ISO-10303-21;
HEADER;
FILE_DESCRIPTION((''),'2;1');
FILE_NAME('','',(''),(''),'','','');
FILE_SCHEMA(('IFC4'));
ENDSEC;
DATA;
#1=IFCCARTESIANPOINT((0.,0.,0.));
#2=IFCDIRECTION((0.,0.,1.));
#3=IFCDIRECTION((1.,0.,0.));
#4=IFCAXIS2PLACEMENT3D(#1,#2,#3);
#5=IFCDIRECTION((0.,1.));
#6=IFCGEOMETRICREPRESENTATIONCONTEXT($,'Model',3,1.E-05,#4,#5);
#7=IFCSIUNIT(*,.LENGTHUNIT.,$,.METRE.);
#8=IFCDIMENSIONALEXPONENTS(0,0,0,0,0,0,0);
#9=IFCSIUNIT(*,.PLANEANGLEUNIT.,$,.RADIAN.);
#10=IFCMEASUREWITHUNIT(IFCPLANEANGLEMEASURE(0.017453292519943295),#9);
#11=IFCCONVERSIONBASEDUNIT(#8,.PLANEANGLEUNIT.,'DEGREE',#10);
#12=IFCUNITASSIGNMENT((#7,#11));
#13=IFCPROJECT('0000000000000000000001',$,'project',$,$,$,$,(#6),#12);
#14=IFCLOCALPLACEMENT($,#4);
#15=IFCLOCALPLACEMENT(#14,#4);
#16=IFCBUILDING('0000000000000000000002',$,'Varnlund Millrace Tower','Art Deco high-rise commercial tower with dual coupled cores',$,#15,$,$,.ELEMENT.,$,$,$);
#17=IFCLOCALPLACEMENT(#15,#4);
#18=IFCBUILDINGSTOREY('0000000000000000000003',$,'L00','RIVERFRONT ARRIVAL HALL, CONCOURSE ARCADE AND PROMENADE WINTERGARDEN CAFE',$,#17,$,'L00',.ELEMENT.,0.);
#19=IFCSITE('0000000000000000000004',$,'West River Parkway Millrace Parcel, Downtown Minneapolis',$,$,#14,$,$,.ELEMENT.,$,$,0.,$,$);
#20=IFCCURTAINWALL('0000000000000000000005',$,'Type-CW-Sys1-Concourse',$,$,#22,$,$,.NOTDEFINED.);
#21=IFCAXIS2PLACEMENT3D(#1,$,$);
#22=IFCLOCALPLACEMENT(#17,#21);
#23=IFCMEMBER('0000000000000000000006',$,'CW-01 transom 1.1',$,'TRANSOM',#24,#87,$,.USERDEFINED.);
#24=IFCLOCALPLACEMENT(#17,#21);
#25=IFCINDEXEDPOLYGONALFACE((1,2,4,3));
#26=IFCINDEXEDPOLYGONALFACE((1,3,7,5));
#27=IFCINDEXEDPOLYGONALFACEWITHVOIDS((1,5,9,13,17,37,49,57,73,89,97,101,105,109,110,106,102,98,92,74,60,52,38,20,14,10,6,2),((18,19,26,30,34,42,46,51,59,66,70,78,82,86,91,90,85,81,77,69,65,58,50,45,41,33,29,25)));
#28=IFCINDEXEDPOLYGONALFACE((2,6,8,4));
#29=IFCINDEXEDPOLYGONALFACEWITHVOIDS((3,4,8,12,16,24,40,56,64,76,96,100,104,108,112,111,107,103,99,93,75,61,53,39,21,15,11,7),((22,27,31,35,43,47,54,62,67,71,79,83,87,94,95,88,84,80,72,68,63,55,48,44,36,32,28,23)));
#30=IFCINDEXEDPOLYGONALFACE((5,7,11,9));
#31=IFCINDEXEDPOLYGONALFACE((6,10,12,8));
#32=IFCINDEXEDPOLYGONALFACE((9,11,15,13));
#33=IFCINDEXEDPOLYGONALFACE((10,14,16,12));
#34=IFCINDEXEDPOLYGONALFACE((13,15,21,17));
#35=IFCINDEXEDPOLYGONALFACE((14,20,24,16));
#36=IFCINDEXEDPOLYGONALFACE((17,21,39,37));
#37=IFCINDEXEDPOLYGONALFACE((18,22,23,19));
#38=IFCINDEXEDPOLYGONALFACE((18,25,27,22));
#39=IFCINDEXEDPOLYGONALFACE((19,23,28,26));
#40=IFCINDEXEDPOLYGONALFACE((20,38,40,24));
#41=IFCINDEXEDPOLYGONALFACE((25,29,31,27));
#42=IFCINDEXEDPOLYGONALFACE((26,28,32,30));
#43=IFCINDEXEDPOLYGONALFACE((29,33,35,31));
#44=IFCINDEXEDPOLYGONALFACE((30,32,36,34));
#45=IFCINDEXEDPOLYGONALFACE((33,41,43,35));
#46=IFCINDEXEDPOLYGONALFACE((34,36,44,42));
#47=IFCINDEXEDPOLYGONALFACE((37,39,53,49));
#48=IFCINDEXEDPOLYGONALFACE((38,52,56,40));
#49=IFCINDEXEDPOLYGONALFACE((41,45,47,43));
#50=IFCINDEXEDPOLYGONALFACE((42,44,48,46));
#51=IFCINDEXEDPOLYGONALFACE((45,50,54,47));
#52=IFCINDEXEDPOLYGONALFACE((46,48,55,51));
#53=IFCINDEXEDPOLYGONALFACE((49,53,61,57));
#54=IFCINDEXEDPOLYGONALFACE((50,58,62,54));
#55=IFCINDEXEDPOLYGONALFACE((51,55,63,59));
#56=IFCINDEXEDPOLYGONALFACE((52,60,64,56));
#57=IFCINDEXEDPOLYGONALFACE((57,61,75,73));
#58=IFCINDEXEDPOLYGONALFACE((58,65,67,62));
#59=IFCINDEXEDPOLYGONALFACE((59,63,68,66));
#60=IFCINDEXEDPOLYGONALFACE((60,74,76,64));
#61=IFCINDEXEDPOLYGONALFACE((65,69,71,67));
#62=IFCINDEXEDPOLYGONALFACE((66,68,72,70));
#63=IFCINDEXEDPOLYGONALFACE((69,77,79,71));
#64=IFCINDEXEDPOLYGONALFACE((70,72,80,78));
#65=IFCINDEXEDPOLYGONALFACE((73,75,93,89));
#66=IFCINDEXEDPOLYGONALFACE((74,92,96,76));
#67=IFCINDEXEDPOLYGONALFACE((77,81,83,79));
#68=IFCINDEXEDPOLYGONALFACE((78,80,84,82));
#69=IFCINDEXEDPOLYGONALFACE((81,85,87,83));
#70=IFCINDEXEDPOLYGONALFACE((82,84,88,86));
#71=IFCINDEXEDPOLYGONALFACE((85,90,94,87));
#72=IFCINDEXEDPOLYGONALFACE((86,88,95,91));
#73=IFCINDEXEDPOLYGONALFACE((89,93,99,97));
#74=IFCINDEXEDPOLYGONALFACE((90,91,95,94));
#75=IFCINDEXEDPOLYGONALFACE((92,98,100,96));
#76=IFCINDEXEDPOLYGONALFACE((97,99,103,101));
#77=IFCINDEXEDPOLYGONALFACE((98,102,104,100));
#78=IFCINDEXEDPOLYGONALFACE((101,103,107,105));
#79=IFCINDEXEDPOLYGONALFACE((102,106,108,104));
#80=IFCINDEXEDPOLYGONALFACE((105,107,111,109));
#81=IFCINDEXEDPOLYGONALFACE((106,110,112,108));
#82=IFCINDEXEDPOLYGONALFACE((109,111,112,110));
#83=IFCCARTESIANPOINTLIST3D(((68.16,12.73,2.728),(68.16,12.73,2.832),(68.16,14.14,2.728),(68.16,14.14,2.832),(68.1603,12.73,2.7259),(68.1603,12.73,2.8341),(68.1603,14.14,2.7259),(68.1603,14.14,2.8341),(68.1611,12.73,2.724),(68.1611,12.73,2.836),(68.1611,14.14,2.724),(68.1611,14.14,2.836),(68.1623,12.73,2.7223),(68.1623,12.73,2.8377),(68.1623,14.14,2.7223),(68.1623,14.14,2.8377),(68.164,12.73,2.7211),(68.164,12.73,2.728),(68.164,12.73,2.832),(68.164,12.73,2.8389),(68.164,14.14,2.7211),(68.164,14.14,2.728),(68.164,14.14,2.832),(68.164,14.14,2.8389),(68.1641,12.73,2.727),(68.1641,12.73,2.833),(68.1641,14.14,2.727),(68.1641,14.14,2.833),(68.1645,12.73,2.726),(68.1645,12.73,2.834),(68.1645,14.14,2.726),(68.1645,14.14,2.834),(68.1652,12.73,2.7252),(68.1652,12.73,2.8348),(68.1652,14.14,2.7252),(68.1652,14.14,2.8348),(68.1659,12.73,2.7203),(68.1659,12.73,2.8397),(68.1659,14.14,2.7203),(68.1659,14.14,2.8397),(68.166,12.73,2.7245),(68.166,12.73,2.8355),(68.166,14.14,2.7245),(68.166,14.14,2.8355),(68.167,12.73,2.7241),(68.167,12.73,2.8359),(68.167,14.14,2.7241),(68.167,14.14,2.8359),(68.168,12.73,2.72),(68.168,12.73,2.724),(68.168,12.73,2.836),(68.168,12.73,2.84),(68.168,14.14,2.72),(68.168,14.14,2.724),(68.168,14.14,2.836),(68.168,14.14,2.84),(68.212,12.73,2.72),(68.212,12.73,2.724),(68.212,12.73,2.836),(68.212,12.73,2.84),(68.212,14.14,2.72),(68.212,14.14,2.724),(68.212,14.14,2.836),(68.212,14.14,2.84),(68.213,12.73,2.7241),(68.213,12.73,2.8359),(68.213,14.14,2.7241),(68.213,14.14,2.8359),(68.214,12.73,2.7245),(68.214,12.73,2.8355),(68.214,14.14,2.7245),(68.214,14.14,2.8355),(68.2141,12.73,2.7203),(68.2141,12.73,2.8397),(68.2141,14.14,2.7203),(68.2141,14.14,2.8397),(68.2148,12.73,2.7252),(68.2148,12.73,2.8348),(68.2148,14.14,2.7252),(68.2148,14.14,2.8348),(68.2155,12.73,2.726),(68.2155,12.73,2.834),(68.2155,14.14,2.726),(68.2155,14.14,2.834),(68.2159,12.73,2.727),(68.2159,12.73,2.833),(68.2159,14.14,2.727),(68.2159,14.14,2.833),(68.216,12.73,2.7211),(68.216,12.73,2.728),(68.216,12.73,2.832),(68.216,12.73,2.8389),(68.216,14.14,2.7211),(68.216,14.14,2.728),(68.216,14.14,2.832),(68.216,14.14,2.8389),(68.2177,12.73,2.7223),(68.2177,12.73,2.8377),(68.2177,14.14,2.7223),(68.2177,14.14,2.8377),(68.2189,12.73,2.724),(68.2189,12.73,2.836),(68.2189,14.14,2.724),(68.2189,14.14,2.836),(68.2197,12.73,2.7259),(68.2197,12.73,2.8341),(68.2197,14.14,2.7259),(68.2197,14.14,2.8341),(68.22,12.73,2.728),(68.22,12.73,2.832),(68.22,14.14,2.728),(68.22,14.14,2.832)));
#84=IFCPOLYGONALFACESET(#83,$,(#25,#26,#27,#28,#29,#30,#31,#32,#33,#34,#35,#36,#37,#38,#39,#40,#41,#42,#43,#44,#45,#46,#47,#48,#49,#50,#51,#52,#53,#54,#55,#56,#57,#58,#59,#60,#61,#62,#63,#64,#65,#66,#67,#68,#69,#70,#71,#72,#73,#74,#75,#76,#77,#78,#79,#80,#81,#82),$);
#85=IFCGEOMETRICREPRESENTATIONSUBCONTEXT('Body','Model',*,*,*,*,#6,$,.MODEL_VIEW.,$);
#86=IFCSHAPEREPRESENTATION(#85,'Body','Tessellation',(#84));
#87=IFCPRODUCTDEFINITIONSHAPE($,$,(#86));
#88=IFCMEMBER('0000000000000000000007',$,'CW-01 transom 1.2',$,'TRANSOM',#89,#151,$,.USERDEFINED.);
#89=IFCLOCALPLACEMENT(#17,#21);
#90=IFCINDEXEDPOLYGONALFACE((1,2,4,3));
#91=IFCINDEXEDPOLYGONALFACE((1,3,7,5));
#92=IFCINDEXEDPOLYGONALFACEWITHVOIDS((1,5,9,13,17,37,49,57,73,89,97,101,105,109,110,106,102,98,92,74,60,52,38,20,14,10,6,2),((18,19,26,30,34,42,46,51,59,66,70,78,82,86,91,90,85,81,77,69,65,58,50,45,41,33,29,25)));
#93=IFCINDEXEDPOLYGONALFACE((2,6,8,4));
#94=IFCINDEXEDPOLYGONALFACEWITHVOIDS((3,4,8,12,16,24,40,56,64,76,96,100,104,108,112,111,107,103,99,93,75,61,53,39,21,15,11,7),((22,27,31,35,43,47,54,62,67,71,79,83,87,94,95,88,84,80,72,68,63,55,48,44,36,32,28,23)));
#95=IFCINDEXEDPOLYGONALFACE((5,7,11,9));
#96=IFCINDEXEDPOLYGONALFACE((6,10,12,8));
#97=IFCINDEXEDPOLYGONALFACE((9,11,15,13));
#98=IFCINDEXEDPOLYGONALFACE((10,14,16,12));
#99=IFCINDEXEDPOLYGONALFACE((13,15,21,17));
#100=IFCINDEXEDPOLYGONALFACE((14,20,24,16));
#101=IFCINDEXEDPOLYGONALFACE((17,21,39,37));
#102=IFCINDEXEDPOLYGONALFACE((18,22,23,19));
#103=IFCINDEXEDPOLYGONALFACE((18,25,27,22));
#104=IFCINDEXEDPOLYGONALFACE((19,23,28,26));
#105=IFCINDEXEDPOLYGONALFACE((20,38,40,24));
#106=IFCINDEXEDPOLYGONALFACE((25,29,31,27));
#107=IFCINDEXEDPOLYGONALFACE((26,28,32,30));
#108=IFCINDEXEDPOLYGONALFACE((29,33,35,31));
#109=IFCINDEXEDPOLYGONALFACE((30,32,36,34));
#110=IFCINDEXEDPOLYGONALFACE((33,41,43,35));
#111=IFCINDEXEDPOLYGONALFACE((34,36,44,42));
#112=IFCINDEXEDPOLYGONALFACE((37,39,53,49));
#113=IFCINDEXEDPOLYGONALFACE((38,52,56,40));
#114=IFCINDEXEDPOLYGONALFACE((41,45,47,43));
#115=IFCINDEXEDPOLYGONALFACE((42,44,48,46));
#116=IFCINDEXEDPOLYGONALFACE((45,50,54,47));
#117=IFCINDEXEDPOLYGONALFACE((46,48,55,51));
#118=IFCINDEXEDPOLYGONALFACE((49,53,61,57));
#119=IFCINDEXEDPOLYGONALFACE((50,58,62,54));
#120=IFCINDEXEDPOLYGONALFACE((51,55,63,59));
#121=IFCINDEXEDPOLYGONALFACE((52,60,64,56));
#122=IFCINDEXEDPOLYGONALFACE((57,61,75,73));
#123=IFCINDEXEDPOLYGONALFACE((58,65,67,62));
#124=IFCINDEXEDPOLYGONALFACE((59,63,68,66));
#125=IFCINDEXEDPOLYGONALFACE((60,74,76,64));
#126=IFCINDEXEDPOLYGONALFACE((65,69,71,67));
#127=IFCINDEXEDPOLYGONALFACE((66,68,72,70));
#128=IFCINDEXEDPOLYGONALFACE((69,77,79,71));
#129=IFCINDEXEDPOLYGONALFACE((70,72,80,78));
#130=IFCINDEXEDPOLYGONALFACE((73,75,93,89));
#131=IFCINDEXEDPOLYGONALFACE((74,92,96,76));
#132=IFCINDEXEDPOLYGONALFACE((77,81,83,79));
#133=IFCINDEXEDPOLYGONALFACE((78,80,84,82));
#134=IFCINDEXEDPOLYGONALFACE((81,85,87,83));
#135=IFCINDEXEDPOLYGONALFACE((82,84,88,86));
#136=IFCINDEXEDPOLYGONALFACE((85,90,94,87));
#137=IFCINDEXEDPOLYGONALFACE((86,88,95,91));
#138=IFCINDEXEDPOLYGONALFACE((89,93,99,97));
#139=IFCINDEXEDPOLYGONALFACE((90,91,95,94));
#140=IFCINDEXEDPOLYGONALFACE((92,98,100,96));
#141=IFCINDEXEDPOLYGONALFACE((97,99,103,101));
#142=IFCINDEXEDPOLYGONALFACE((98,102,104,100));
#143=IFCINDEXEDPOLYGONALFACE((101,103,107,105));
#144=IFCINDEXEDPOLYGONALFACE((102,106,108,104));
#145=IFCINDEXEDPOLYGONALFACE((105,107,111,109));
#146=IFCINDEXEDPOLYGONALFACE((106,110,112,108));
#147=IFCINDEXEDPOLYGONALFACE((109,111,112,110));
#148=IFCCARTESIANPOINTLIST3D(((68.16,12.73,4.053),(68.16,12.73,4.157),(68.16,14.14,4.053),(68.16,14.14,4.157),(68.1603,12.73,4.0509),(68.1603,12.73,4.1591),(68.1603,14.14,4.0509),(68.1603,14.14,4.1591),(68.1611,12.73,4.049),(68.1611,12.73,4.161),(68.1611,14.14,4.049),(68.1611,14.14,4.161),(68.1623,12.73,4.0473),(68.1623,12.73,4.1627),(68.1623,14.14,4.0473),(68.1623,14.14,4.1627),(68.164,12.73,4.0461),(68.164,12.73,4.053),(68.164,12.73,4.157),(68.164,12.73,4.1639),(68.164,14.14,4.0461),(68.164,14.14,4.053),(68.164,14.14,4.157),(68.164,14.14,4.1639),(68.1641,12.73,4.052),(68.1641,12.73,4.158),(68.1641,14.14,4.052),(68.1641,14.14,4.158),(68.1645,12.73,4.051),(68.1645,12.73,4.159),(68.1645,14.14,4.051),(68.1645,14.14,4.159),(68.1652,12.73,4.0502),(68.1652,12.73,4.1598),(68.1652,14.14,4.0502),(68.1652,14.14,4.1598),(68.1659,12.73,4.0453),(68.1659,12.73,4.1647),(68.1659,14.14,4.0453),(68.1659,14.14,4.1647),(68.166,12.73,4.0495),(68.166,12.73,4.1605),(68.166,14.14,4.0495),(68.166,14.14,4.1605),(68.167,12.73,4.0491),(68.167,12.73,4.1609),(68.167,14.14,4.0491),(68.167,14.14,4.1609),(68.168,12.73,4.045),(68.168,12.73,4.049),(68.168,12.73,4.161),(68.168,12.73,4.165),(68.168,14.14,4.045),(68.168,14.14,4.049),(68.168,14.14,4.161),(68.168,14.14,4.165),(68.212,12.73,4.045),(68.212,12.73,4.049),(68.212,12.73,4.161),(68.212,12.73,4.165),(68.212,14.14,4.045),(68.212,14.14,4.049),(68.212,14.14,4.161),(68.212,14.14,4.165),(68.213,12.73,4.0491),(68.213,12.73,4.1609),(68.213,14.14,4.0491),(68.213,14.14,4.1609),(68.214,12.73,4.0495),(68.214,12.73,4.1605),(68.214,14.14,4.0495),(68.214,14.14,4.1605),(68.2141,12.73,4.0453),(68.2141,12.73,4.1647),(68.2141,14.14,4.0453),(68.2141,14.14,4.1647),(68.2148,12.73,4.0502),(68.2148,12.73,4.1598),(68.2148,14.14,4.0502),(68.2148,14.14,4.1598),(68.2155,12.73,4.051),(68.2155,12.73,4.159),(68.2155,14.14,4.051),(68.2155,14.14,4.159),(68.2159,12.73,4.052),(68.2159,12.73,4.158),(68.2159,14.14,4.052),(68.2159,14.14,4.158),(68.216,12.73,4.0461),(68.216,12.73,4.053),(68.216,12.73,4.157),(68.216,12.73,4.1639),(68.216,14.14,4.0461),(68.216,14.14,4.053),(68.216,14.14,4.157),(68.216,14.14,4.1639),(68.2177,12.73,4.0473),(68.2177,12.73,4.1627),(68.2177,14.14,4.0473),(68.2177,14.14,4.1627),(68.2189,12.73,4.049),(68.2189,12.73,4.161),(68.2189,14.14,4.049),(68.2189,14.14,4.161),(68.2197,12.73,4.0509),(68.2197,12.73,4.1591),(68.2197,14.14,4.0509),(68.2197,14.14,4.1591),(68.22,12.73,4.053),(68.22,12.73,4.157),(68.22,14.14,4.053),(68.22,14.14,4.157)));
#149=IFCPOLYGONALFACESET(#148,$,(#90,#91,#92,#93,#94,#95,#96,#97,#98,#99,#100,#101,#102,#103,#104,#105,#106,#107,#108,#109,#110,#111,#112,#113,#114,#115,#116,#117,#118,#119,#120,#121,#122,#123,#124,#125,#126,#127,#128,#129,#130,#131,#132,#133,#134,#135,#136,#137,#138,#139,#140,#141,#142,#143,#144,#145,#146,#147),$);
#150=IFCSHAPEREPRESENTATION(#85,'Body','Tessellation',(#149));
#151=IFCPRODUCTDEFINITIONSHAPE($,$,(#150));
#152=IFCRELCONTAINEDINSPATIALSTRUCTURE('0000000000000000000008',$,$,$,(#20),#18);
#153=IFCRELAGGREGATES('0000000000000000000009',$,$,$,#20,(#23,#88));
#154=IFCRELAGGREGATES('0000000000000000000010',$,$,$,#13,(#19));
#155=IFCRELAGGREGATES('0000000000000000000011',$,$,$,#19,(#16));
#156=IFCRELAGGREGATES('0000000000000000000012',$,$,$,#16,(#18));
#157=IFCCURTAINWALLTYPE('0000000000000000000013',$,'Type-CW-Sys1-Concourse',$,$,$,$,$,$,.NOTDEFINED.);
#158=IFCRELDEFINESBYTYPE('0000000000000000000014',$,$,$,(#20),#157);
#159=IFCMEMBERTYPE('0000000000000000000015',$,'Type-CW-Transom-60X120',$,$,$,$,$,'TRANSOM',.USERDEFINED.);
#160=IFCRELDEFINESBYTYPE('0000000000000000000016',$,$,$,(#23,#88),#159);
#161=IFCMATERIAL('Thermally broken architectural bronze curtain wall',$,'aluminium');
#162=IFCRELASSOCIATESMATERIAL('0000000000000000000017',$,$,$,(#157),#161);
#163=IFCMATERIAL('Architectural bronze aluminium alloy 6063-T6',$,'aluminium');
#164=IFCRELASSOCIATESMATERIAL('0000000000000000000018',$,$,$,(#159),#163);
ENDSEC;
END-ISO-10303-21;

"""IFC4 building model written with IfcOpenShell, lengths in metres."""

from ifc_helpers import new_model, entity, si_unit, converted_unit, direction, frame, origin_with_axes, origin_2d_with_axis, place, context, subcontext, project, spatial, hollow_rectangle, extrude, material, material_profile, profile_set, type_object, element, aggregate, save


model = new_model("IFC4")

# Units and contexts
model_context = context("Model", 3, precision=1e-05, world=origin_with_axes(), true_north=direction((0.0, 1.0)))
body_context = subcontext(model_context, "Body", "Model", "MODEL_VIEW")
ifc_project = project(units=[si_unit("LENGTHUNIT", "METRE"), converted_unit("PLANEANGLEUNIT", "DEGREE", entity("IfcPlaneAngleMeasure", 0.017453292519943295), si_unit("PLANEANGLEUNIT", "RADIAN"), dimensions=[0, 0, 0, 0, 0, 0, 0])], contexts=[model_context])

# Site, building, storey
site_placement = place(None, origin_with_axes())
site = spatial("IfcSite", under=ifc_project, at=site_placement, Name="West River Parkway Millrace Parcel, Downtown Minneapolis", CompositionType="ELEMENT", RefElevation=0.0)
building_placement = place(site_placement, origin_with_axes())
building = spatial("IfcBuilding", under=site, at=building_placement, Name="Varnlund Millrace Tower", Description="Art Deco high-rise commercial tower with dual coupled cores", CompositionType="ELEMENT")
storey_placement = place(building_placement, origin_with_axes())
storey = spatial("IfcBuildingStorey", under=building, at=storey_placement, Name="L00", Description="RIVERFRONT ARRIVAL HALL, CONCOURSE ARCADE AND PROMENADE WINTERGARDEN CAFE", LongName="L00", CompositionType="ELEMENT", Elevation=0.0)

# Curtain wall
ifc_material_1 = material(Name="Thermally broken architectural bronze curtain wall", Category="aluminium")
curtain_wall_type = type_object("IfcCurtainWallType", Name="Type-CW-Sys1-Concourse", PredefinedType="NOTDEFINED", material=ifc_material_1)
curtain_wall_1_placement = place(storey_placement, frame((68.19, 14.2, 2.75), z_axis=(0.0, 0.0, 1.0), x_axis=(1.0, 0.0, 0.0)))
curtain_wall_1 = element("IfcCurtainWall", 1, at=curtain_wall_1_placement, inside=storey, type_object=curtain_wall_type, Name="Type-CW-Sys1-Concourse", PredefinedType="NOTDEFINED")
ifc_material_2 = material(Name="Architectural bronze aluminium alloy 6063-T6", Category="aluminium")

# Members
ifc_material_profile_1 = material_profile(ifc_material_2, hollow_rectangle(XDim=0.06, YDim=0.12, WallThickness=0.004, InnerFilletRadius=0.004, OuterFilletRadius=0.008, at=origin_2d_with_axis()), Name="Architectural bronze aluminium alloy 6063-T6")
ifc_profile_set_1 = profile_set([ifc_material_profile_1], Name="Architectural bronze aluminium alloy 6063-T6")
member_type_1 = type_object("IfcMemberType", Name="Type-CW-Transom-60X120", ElementType="TRANSOM", PredefinedType="USERDEFINED", material=ifc_profile_set_1)
member_1_placement = place(storey_placement, frame((68.19, 14.14, 2.78), z_axis=(0.0, -1.0, 0.0), x_axis=(1.0, 0.0, 0.0)))
member_1 = element("IfcMember", 2, at=member_1_placement, type_object=member_type_1, Name="CW-01 transom 1.1", ObjectType="TRANSOM", PredefinedType="USERDEFINED", context=body_context, shape_type="SweptSolid", body=[
    extrude(hollow_rectangle(XDim=0.06, YDim=0.12, WallThickness=0.004, InnerFilletRadius=0.004, OuterFilletRadius=0.008, at=origin_2d_with_axis()), origin_with_axes(), (0.0, 0.0, 1.0), 1.41),
])
member_2_placement = place(storey_placement, frame((68.19, 14.14, 4.105), z_axis=(0.0, -1.0, 0.0), x_axis=(1.0, 0.0, 0.0)))
member_2 = element("IfcMember", 3, at=member_2_placement, type_object=member_type_1, Name="CW-01 transom 1.2", ObjectType="TRANSOM", PredefinedType="USERDEFINED", context=body_context, shape_type="SweptSolid", body=[
    extrude(hollow_rectangle(XDim=0.06, YDim=0.12, WallThickness=0.004, InnerFilletRadius=0.004, OuterFilletRadius=0.008, at=origin_2d_with_axis()), origin_with_axes(), (0.0, 0.0, 1.0), 1.41),
])

aggregate(curtain_wall_1, [member_1, member_2])

save(model, "model.ifc")
